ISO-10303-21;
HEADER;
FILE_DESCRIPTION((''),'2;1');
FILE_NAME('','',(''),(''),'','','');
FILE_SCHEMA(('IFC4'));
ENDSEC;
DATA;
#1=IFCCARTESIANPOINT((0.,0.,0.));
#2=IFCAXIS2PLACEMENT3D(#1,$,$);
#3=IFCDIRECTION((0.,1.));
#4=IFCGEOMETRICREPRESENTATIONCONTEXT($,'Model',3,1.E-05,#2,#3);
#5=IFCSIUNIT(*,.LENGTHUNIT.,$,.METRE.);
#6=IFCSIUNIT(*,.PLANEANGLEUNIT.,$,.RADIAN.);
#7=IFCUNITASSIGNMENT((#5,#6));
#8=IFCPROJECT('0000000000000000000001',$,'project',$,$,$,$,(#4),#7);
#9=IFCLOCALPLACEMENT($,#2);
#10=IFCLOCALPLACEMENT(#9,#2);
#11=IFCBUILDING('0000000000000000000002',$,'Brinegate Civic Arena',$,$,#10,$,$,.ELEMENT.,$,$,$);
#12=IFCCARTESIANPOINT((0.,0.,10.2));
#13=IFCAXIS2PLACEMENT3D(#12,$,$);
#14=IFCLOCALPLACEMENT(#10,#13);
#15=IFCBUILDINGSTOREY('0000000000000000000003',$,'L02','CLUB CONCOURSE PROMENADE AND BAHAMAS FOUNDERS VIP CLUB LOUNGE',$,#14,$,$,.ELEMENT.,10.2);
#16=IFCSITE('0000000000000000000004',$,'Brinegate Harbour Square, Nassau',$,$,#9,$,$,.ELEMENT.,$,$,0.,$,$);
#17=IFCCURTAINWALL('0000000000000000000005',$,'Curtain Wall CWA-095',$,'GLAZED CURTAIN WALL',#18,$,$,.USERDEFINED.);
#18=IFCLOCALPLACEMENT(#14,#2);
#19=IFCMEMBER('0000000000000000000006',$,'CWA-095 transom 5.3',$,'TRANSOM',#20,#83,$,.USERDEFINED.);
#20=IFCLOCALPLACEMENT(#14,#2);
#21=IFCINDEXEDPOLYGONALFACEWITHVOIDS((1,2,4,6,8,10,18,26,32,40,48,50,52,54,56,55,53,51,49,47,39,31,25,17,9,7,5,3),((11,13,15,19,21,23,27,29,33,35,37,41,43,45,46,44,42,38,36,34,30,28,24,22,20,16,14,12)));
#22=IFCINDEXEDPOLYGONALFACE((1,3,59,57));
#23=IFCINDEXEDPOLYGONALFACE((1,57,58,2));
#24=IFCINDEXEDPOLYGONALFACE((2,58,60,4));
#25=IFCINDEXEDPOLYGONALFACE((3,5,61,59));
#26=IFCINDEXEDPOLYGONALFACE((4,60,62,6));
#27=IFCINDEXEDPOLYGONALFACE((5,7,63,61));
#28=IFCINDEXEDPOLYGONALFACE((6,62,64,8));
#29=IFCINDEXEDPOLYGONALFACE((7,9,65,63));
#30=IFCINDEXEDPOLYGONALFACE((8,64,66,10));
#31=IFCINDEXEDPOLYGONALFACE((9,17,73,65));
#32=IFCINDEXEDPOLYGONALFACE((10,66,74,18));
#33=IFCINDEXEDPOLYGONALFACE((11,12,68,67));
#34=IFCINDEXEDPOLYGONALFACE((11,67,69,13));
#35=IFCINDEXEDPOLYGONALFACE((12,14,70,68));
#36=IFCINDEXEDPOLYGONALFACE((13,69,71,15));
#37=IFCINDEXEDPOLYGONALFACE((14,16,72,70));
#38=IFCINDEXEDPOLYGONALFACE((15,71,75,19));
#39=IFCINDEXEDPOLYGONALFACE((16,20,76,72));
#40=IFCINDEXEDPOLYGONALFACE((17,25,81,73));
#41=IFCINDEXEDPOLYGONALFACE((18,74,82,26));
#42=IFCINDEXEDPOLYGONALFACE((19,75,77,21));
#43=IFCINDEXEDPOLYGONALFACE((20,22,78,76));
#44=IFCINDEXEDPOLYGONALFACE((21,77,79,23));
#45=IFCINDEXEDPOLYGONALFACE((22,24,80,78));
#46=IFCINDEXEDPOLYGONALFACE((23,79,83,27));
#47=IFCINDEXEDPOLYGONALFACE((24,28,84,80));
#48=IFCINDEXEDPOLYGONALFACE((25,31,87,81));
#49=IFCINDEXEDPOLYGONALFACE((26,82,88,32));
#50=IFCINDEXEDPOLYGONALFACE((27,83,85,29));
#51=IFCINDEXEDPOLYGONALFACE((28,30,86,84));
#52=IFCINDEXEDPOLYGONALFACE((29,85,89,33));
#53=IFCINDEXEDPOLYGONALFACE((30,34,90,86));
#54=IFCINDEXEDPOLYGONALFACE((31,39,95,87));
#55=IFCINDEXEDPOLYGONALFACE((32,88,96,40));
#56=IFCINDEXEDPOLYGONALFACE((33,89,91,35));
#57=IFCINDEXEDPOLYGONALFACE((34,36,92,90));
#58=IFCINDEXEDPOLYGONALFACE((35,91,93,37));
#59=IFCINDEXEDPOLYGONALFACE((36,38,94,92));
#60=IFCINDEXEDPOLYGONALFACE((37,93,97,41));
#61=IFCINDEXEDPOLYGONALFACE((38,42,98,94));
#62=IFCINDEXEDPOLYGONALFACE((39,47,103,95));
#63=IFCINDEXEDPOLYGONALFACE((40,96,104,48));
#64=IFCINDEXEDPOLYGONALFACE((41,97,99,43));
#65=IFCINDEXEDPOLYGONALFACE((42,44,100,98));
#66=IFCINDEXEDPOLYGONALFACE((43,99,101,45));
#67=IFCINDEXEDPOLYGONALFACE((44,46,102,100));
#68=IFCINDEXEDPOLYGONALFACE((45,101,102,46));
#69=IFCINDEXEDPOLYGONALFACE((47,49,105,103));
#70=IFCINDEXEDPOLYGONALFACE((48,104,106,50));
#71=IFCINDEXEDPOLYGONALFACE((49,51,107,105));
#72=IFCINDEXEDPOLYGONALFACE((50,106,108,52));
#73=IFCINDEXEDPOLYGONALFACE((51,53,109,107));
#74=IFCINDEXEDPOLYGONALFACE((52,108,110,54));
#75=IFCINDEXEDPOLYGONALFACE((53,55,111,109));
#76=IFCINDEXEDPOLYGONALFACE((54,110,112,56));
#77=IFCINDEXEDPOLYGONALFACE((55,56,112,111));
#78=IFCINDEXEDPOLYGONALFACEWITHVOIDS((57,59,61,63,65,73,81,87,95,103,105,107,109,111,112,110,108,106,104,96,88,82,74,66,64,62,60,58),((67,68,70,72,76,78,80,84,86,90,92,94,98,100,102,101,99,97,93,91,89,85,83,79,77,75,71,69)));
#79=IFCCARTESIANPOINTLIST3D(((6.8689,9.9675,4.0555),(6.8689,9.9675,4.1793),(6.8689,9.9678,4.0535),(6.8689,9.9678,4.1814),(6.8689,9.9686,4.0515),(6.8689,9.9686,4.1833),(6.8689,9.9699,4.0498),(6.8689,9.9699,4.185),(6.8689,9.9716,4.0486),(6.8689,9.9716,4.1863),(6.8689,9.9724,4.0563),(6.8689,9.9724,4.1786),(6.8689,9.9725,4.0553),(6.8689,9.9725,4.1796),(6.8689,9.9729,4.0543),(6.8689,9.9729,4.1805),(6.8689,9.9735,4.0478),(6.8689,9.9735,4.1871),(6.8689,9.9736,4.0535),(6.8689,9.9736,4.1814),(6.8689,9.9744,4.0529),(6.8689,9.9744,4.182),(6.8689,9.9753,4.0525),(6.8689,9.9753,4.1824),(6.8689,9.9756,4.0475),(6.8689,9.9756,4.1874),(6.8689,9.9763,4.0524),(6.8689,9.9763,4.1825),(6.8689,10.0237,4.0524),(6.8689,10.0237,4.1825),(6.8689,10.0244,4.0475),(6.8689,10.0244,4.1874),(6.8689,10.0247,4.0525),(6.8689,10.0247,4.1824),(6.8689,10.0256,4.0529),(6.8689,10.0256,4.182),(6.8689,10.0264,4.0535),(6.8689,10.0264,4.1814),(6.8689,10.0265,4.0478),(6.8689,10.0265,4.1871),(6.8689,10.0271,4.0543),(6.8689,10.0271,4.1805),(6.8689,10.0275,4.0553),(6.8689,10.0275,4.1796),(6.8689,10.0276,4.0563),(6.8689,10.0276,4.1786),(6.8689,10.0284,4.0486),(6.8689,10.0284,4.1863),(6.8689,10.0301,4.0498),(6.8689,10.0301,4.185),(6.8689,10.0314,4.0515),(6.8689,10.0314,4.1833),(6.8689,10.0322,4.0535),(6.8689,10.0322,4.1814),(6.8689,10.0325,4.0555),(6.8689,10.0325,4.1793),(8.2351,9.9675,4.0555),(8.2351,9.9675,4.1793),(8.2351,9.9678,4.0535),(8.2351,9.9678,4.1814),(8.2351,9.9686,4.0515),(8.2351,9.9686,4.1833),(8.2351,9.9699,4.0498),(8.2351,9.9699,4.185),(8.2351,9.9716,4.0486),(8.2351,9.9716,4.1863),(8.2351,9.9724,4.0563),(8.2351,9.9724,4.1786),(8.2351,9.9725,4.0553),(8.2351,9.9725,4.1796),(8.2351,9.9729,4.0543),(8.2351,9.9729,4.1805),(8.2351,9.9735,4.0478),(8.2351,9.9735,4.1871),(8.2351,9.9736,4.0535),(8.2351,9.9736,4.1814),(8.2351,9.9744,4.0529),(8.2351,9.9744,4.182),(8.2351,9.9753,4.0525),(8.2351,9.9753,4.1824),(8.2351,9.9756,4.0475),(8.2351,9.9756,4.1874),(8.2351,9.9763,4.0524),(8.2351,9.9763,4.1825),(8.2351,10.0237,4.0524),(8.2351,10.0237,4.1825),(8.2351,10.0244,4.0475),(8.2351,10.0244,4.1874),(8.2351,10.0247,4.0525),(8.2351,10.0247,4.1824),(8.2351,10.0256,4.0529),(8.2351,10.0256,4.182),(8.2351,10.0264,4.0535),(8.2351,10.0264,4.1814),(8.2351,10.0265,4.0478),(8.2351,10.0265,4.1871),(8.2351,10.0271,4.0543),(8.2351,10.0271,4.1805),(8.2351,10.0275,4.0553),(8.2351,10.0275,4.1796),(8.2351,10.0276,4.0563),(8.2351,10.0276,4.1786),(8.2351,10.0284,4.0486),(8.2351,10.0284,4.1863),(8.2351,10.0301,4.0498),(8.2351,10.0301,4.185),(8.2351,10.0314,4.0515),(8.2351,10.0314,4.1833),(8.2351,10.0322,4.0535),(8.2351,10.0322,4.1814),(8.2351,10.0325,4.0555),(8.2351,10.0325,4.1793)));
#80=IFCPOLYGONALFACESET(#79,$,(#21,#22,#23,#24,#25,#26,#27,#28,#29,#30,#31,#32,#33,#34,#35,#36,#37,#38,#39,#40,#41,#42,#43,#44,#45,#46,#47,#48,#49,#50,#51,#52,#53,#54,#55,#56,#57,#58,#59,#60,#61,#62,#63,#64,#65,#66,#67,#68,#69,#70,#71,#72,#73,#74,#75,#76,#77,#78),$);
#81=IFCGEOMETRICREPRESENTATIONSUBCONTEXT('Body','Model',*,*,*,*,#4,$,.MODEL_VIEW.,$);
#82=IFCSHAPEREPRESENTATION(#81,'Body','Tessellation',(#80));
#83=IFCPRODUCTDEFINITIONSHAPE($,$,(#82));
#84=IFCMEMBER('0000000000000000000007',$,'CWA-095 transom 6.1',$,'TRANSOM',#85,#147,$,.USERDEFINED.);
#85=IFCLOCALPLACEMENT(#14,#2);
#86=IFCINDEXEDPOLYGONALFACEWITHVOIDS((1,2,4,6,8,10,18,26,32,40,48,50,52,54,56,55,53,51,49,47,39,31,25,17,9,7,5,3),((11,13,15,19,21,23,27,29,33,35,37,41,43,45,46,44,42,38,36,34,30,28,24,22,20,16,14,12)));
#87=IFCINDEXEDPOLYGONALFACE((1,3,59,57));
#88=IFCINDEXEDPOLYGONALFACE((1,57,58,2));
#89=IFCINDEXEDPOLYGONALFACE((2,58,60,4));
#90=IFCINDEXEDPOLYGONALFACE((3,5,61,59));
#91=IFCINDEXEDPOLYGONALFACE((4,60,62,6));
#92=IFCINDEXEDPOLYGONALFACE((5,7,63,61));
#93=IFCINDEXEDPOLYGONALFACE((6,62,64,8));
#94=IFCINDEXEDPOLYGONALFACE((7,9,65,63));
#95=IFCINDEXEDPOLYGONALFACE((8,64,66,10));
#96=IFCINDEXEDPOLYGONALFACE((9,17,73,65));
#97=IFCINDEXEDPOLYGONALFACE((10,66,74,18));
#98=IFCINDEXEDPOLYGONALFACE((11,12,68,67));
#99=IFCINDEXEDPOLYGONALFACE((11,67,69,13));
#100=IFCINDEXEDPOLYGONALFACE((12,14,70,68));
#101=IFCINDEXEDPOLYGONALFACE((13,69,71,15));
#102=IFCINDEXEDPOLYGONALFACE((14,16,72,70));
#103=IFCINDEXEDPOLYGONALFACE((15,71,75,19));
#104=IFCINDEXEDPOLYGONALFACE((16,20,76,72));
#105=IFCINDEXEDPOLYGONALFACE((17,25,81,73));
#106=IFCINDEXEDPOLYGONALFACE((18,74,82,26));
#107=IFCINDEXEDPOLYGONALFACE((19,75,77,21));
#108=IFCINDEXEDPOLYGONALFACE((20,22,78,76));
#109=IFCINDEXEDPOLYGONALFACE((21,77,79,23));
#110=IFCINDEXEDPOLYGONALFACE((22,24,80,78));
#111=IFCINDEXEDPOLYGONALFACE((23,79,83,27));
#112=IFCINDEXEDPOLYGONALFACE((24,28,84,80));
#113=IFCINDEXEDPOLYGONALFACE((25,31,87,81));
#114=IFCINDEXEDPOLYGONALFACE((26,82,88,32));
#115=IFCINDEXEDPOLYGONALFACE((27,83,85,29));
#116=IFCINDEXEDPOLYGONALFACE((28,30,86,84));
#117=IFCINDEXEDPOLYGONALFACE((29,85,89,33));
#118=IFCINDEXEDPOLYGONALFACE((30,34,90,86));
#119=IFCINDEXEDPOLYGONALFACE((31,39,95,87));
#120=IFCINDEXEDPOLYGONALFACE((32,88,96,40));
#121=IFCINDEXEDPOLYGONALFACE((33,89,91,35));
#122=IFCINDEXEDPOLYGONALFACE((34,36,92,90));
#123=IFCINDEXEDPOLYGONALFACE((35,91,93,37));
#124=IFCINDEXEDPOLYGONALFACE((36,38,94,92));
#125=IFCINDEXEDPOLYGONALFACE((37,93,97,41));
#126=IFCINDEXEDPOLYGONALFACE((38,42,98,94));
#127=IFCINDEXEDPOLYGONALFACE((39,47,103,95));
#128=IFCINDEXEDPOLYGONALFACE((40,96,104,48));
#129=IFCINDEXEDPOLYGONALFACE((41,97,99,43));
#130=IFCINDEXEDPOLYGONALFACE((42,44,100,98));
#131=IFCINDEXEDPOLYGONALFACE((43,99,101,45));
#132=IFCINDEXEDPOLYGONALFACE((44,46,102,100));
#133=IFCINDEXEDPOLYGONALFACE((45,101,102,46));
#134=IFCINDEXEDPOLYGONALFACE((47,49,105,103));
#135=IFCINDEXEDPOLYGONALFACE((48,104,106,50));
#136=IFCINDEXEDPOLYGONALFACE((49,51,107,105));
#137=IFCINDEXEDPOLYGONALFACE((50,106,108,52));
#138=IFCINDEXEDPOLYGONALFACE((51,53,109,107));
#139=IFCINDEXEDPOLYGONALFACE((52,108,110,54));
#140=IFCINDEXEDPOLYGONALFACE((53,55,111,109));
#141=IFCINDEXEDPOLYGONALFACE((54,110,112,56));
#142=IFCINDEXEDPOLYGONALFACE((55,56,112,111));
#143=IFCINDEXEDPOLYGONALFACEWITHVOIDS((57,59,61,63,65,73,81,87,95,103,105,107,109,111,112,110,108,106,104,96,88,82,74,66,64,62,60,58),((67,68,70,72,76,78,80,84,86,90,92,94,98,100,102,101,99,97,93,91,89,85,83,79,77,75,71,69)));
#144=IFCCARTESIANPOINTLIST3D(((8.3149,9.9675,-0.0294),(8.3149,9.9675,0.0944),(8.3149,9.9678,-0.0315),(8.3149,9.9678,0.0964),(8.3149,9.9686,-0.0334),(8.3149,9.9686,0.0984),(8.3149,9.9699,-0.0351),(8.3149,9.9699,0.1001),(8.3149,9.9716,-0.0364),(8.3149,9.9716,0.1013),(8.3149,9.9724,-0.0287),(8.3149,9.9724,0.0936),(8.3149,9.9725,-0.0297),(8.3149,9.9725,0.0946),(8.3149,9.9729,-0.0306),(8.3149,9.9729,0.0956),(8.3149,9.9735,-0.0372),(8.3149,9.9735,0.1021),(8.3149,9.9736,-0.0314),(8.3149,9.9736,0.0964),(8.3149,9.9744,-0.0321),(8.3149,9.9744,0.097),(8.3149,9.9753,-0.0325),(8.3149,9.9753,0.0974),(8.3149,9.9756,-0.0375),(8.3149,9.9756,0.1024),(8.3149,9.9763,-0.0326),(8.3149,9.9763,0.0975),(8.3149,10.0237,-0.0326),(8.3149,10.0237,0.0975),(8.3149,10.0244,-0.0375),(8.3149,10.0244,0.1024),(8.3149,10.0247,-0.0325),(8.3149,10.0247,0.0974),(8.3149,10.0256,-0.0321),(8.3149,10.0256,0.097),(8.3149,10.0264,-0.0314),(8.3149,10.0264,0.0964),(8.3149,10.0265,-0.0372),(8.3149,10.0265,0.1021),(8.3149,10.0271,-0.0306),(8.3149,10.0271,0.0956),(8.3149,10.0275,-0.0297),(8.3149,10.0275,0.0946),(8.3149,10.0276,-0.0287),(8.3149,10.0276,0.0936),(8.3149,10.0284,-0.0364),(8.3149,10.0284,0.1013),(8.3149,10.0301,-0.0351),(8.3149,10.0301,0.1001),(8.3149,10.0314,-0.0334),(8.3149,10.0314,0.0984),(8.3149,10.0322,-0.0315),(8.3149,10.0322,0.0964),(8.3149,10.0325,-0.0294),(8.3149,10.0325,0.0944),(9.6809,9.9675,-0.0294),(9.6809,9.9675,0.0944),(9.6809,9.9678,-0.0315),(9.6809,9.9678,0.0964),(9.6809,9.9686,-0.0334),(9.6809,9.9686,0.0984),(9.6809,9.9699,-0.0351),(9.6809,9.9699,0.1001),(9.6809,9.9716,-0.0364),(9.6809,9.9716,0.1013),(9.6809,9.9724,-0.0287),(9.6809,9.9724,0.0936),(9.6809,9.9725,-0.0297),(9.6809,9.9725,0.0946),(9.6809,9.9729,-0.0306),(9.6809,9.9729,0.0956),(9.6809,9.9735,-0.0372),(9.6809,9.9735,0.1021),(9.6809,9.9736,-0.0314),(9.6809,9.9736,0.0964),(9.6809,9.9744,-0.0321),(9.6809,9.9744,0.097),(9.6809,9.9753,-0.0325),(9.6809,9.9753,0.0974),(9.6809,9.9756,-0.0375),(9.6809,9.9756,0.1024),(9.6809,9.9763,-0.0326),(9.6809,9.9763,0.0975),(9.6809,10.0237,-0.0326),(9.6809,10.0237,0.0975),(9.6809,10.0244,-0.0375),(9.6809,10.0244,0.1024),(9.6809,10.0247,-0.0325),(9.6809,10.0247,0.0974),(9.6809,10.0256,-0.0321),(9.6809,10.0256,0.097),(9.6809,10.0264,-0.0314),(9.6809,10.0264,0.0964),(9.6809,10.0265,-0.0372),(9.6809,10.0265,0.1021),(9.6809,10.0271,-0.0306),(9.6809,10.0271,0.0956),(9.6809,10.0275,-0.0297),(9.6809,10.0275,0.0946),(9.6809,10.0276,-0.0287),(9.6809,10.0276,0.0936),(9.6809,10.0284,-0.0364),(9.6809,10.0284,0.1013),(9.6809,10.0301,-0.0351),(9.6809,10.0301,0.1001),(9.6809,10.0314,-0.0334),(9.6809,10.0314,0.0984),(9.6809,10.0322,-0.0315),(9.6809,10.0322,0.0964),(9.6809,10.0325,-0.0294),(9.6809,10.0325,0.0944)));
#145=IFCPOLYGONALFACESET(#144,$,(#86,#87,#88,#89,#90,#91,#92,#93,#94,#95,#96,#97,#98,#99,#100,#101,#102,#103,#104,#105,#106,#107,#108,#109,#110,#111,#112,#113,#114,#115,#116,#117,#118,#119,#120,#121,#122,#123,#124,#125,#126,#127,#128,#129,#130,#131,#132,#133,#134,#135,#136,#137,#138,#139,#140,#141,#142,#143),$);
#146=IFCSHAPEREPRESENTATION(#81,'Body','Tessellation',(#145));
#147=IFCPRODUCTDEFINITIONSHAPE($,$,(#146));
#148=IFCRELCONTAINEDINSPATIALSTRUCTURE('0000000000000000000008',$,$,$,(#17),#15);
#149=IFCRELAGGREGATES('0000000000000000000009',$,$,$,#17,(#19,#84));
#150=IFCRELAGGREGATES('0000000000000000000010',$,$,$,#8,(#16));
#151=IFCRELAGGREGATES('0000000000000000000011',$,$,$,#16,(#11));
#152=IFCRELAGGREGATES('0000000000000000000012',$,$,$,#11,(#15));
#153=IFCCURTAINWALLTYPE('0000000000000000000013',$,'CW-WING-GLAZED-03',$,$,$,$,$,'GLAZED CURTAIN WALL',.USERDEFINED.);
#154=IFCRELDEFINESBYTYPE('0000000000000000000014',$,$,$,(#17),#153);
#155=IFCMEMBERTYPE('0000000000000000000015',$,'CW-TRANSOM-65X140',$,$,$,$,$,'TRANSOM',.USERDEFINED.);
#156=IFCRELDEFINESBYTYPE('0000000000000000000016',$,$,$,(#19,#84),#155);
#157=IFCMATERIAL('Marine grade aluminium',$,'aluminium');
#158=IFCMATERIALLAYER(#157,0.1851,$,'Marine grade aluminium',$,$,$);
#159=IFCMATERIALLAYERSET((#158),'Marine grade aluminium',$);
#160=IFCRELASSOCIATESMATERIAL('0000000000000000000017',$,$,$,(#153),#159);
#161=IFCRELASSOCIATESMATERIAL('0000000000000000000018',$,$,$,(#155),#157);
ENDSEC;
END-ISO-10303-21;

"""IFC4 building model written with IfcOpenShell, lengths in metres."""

from ifc_helpers import new_model, si_unit, direction, frame, origin, origin_2d, place, context, subcontext, project, spatial, hollow_rectangle, extrude, material, layer, layer_set, material_profile, profile_set, type_object, element, aggregate, save


model = new_model("IFC4")

# Units and contexts
model_context = context("Model", 3, precision=1e-05, world=origin(), true_north=direction((0.0, 1.0)))
body_context = subcontext(model_context, "Body", "Model", "MODEL_VIEW")
ifc_project = project(units=[si_unit("LENGTHUNIT", "METRE"), si_unit("PLANEANGLEUNIT", "RADIAN")], contexts=[model_context])

# Site, building, storey
site_placement = place(None, origin())
site = spatial("IfcSite", under=ifc_project, at=site_placement, Name="Brinegate Harbour Square, Nassau", CompositionType="ELEMENT", RefElevation=0.0)
building_placement = place(site_placement, origin())
building = spatial("IfcBuilding", under=site, at=building_placement, Name="Brinegate Civic Arena", CompositionType="ELEMENT")
storey_placement = place(building_placement, frame((0.0, 0.0, 10.2)))
storey = spatial("IfcBuildingStorey", under=building, at=storey_placement, Name="L02", Description="CLUB CONCOURSE PROMENADE AND BAHAMAS FOUNDERS VIP CLUB LOUNGE", CompositionType="ELEMENT", Elevation=10.2)

# Curtain wall, members
ifc_material_1 = material(Name="Marine grade aluminium", Category="aluminium")
ifc_layer_1 = layer(ifc_material_1, 0.1851, Name="Marine grade aluminium")
ifc_layer_set_1 = layer_set([ifc_layer_1], Name="Marine grade aluminium")
curtain_wall_type = type_object("IfcCurtainWallType", Name="CW-WING-GLAZED-03", ElementType="GLAZED CURTAIN WALL", PredefinedType="USERDEFINED", material=ifc_layer_set_1)
curtain_wall_placement = place(storey_placement, origin())
curtain_wall = element("IfcCurtainWall", 1, at=curtain_wall_placement, inside=storey, type_object=curtain_wall_type, Name="Curtain Wall CWA-095", ObjectType="GLAZED CURTAIN WALL", PredefinedType="USERDEFINED")
ifc_material_profile_1 = material_profile(ifc_material_1, hollow_rectangle(XDim=0.0649, YDim=0.1399, WallThickness=0.0049, InnerFilletRadius=0.0039, OuterFilletRadius=0.0081, at=origin_2d()), Name="TRN65X140")
ifc_profile_set_1 = profile_set([ifc_material_profile_1], Name="Marine grade aluminium")
member_type_1 = type_object("IfcMemberType", Name="CW-TRANSOM-65X140", ElementType="TRANSOM", PredefinedType="USERDEFINED", material=ifc_profile_set_1)
member_1_placement = place(storey_placement, frame((6.8689, 10.0, 4.1174), z_axis=(1.0, 0.0, 0.0), x_axis=(0.0, 1.0, 0.0)))
member_1 = element("IfcMember", 2, at=member_1_placement, type_object=member_type_1, Name="CWA-095 transom 5.3", ObjectType="TRANSOM", PredefinedType="USERDEFINED", context=body_context, shape_type="SweptSolid", body=[
    extrude(hollow_rectangle(XDim=0.0649, YDim=0.1399, WallThickness=0.0049, InnerFilletRadius=0.0039, OuterFilletRadius=0.0081, at=origin_2d()), origin(), (0.0, 0.0, 1.0), 1.3662),
])
member_2_placement = place(storey_placement, frame((8.3149, 10.0, 0.0325), z_axis=(1.0, 0.0, 0.0), x_axis=(0.0, 1.0, 0.0)))
member_2 = element("IfcMember", 3, at=member_2_placement, type_object=member_type_1, Name="CWA-095 transom 6.1", ObjectType="TRANSOM", PredefinedType="USERDEFINED", context=body_context, shape_type="SweptSolid", body=[
    extrude(hollow_rectangle(XDim=0.0649, YDim=0.1399, WallThickness=0.0049, InnerFilletRadius=0.0039, OuterFilletRadius=0.0081, at=origin_2d()), origin(), (0.0, 0.0, 1.0), 1.366),
])
aggregate(curtain_wall, [member_1, member_2])

save(model, "model.ifc")
